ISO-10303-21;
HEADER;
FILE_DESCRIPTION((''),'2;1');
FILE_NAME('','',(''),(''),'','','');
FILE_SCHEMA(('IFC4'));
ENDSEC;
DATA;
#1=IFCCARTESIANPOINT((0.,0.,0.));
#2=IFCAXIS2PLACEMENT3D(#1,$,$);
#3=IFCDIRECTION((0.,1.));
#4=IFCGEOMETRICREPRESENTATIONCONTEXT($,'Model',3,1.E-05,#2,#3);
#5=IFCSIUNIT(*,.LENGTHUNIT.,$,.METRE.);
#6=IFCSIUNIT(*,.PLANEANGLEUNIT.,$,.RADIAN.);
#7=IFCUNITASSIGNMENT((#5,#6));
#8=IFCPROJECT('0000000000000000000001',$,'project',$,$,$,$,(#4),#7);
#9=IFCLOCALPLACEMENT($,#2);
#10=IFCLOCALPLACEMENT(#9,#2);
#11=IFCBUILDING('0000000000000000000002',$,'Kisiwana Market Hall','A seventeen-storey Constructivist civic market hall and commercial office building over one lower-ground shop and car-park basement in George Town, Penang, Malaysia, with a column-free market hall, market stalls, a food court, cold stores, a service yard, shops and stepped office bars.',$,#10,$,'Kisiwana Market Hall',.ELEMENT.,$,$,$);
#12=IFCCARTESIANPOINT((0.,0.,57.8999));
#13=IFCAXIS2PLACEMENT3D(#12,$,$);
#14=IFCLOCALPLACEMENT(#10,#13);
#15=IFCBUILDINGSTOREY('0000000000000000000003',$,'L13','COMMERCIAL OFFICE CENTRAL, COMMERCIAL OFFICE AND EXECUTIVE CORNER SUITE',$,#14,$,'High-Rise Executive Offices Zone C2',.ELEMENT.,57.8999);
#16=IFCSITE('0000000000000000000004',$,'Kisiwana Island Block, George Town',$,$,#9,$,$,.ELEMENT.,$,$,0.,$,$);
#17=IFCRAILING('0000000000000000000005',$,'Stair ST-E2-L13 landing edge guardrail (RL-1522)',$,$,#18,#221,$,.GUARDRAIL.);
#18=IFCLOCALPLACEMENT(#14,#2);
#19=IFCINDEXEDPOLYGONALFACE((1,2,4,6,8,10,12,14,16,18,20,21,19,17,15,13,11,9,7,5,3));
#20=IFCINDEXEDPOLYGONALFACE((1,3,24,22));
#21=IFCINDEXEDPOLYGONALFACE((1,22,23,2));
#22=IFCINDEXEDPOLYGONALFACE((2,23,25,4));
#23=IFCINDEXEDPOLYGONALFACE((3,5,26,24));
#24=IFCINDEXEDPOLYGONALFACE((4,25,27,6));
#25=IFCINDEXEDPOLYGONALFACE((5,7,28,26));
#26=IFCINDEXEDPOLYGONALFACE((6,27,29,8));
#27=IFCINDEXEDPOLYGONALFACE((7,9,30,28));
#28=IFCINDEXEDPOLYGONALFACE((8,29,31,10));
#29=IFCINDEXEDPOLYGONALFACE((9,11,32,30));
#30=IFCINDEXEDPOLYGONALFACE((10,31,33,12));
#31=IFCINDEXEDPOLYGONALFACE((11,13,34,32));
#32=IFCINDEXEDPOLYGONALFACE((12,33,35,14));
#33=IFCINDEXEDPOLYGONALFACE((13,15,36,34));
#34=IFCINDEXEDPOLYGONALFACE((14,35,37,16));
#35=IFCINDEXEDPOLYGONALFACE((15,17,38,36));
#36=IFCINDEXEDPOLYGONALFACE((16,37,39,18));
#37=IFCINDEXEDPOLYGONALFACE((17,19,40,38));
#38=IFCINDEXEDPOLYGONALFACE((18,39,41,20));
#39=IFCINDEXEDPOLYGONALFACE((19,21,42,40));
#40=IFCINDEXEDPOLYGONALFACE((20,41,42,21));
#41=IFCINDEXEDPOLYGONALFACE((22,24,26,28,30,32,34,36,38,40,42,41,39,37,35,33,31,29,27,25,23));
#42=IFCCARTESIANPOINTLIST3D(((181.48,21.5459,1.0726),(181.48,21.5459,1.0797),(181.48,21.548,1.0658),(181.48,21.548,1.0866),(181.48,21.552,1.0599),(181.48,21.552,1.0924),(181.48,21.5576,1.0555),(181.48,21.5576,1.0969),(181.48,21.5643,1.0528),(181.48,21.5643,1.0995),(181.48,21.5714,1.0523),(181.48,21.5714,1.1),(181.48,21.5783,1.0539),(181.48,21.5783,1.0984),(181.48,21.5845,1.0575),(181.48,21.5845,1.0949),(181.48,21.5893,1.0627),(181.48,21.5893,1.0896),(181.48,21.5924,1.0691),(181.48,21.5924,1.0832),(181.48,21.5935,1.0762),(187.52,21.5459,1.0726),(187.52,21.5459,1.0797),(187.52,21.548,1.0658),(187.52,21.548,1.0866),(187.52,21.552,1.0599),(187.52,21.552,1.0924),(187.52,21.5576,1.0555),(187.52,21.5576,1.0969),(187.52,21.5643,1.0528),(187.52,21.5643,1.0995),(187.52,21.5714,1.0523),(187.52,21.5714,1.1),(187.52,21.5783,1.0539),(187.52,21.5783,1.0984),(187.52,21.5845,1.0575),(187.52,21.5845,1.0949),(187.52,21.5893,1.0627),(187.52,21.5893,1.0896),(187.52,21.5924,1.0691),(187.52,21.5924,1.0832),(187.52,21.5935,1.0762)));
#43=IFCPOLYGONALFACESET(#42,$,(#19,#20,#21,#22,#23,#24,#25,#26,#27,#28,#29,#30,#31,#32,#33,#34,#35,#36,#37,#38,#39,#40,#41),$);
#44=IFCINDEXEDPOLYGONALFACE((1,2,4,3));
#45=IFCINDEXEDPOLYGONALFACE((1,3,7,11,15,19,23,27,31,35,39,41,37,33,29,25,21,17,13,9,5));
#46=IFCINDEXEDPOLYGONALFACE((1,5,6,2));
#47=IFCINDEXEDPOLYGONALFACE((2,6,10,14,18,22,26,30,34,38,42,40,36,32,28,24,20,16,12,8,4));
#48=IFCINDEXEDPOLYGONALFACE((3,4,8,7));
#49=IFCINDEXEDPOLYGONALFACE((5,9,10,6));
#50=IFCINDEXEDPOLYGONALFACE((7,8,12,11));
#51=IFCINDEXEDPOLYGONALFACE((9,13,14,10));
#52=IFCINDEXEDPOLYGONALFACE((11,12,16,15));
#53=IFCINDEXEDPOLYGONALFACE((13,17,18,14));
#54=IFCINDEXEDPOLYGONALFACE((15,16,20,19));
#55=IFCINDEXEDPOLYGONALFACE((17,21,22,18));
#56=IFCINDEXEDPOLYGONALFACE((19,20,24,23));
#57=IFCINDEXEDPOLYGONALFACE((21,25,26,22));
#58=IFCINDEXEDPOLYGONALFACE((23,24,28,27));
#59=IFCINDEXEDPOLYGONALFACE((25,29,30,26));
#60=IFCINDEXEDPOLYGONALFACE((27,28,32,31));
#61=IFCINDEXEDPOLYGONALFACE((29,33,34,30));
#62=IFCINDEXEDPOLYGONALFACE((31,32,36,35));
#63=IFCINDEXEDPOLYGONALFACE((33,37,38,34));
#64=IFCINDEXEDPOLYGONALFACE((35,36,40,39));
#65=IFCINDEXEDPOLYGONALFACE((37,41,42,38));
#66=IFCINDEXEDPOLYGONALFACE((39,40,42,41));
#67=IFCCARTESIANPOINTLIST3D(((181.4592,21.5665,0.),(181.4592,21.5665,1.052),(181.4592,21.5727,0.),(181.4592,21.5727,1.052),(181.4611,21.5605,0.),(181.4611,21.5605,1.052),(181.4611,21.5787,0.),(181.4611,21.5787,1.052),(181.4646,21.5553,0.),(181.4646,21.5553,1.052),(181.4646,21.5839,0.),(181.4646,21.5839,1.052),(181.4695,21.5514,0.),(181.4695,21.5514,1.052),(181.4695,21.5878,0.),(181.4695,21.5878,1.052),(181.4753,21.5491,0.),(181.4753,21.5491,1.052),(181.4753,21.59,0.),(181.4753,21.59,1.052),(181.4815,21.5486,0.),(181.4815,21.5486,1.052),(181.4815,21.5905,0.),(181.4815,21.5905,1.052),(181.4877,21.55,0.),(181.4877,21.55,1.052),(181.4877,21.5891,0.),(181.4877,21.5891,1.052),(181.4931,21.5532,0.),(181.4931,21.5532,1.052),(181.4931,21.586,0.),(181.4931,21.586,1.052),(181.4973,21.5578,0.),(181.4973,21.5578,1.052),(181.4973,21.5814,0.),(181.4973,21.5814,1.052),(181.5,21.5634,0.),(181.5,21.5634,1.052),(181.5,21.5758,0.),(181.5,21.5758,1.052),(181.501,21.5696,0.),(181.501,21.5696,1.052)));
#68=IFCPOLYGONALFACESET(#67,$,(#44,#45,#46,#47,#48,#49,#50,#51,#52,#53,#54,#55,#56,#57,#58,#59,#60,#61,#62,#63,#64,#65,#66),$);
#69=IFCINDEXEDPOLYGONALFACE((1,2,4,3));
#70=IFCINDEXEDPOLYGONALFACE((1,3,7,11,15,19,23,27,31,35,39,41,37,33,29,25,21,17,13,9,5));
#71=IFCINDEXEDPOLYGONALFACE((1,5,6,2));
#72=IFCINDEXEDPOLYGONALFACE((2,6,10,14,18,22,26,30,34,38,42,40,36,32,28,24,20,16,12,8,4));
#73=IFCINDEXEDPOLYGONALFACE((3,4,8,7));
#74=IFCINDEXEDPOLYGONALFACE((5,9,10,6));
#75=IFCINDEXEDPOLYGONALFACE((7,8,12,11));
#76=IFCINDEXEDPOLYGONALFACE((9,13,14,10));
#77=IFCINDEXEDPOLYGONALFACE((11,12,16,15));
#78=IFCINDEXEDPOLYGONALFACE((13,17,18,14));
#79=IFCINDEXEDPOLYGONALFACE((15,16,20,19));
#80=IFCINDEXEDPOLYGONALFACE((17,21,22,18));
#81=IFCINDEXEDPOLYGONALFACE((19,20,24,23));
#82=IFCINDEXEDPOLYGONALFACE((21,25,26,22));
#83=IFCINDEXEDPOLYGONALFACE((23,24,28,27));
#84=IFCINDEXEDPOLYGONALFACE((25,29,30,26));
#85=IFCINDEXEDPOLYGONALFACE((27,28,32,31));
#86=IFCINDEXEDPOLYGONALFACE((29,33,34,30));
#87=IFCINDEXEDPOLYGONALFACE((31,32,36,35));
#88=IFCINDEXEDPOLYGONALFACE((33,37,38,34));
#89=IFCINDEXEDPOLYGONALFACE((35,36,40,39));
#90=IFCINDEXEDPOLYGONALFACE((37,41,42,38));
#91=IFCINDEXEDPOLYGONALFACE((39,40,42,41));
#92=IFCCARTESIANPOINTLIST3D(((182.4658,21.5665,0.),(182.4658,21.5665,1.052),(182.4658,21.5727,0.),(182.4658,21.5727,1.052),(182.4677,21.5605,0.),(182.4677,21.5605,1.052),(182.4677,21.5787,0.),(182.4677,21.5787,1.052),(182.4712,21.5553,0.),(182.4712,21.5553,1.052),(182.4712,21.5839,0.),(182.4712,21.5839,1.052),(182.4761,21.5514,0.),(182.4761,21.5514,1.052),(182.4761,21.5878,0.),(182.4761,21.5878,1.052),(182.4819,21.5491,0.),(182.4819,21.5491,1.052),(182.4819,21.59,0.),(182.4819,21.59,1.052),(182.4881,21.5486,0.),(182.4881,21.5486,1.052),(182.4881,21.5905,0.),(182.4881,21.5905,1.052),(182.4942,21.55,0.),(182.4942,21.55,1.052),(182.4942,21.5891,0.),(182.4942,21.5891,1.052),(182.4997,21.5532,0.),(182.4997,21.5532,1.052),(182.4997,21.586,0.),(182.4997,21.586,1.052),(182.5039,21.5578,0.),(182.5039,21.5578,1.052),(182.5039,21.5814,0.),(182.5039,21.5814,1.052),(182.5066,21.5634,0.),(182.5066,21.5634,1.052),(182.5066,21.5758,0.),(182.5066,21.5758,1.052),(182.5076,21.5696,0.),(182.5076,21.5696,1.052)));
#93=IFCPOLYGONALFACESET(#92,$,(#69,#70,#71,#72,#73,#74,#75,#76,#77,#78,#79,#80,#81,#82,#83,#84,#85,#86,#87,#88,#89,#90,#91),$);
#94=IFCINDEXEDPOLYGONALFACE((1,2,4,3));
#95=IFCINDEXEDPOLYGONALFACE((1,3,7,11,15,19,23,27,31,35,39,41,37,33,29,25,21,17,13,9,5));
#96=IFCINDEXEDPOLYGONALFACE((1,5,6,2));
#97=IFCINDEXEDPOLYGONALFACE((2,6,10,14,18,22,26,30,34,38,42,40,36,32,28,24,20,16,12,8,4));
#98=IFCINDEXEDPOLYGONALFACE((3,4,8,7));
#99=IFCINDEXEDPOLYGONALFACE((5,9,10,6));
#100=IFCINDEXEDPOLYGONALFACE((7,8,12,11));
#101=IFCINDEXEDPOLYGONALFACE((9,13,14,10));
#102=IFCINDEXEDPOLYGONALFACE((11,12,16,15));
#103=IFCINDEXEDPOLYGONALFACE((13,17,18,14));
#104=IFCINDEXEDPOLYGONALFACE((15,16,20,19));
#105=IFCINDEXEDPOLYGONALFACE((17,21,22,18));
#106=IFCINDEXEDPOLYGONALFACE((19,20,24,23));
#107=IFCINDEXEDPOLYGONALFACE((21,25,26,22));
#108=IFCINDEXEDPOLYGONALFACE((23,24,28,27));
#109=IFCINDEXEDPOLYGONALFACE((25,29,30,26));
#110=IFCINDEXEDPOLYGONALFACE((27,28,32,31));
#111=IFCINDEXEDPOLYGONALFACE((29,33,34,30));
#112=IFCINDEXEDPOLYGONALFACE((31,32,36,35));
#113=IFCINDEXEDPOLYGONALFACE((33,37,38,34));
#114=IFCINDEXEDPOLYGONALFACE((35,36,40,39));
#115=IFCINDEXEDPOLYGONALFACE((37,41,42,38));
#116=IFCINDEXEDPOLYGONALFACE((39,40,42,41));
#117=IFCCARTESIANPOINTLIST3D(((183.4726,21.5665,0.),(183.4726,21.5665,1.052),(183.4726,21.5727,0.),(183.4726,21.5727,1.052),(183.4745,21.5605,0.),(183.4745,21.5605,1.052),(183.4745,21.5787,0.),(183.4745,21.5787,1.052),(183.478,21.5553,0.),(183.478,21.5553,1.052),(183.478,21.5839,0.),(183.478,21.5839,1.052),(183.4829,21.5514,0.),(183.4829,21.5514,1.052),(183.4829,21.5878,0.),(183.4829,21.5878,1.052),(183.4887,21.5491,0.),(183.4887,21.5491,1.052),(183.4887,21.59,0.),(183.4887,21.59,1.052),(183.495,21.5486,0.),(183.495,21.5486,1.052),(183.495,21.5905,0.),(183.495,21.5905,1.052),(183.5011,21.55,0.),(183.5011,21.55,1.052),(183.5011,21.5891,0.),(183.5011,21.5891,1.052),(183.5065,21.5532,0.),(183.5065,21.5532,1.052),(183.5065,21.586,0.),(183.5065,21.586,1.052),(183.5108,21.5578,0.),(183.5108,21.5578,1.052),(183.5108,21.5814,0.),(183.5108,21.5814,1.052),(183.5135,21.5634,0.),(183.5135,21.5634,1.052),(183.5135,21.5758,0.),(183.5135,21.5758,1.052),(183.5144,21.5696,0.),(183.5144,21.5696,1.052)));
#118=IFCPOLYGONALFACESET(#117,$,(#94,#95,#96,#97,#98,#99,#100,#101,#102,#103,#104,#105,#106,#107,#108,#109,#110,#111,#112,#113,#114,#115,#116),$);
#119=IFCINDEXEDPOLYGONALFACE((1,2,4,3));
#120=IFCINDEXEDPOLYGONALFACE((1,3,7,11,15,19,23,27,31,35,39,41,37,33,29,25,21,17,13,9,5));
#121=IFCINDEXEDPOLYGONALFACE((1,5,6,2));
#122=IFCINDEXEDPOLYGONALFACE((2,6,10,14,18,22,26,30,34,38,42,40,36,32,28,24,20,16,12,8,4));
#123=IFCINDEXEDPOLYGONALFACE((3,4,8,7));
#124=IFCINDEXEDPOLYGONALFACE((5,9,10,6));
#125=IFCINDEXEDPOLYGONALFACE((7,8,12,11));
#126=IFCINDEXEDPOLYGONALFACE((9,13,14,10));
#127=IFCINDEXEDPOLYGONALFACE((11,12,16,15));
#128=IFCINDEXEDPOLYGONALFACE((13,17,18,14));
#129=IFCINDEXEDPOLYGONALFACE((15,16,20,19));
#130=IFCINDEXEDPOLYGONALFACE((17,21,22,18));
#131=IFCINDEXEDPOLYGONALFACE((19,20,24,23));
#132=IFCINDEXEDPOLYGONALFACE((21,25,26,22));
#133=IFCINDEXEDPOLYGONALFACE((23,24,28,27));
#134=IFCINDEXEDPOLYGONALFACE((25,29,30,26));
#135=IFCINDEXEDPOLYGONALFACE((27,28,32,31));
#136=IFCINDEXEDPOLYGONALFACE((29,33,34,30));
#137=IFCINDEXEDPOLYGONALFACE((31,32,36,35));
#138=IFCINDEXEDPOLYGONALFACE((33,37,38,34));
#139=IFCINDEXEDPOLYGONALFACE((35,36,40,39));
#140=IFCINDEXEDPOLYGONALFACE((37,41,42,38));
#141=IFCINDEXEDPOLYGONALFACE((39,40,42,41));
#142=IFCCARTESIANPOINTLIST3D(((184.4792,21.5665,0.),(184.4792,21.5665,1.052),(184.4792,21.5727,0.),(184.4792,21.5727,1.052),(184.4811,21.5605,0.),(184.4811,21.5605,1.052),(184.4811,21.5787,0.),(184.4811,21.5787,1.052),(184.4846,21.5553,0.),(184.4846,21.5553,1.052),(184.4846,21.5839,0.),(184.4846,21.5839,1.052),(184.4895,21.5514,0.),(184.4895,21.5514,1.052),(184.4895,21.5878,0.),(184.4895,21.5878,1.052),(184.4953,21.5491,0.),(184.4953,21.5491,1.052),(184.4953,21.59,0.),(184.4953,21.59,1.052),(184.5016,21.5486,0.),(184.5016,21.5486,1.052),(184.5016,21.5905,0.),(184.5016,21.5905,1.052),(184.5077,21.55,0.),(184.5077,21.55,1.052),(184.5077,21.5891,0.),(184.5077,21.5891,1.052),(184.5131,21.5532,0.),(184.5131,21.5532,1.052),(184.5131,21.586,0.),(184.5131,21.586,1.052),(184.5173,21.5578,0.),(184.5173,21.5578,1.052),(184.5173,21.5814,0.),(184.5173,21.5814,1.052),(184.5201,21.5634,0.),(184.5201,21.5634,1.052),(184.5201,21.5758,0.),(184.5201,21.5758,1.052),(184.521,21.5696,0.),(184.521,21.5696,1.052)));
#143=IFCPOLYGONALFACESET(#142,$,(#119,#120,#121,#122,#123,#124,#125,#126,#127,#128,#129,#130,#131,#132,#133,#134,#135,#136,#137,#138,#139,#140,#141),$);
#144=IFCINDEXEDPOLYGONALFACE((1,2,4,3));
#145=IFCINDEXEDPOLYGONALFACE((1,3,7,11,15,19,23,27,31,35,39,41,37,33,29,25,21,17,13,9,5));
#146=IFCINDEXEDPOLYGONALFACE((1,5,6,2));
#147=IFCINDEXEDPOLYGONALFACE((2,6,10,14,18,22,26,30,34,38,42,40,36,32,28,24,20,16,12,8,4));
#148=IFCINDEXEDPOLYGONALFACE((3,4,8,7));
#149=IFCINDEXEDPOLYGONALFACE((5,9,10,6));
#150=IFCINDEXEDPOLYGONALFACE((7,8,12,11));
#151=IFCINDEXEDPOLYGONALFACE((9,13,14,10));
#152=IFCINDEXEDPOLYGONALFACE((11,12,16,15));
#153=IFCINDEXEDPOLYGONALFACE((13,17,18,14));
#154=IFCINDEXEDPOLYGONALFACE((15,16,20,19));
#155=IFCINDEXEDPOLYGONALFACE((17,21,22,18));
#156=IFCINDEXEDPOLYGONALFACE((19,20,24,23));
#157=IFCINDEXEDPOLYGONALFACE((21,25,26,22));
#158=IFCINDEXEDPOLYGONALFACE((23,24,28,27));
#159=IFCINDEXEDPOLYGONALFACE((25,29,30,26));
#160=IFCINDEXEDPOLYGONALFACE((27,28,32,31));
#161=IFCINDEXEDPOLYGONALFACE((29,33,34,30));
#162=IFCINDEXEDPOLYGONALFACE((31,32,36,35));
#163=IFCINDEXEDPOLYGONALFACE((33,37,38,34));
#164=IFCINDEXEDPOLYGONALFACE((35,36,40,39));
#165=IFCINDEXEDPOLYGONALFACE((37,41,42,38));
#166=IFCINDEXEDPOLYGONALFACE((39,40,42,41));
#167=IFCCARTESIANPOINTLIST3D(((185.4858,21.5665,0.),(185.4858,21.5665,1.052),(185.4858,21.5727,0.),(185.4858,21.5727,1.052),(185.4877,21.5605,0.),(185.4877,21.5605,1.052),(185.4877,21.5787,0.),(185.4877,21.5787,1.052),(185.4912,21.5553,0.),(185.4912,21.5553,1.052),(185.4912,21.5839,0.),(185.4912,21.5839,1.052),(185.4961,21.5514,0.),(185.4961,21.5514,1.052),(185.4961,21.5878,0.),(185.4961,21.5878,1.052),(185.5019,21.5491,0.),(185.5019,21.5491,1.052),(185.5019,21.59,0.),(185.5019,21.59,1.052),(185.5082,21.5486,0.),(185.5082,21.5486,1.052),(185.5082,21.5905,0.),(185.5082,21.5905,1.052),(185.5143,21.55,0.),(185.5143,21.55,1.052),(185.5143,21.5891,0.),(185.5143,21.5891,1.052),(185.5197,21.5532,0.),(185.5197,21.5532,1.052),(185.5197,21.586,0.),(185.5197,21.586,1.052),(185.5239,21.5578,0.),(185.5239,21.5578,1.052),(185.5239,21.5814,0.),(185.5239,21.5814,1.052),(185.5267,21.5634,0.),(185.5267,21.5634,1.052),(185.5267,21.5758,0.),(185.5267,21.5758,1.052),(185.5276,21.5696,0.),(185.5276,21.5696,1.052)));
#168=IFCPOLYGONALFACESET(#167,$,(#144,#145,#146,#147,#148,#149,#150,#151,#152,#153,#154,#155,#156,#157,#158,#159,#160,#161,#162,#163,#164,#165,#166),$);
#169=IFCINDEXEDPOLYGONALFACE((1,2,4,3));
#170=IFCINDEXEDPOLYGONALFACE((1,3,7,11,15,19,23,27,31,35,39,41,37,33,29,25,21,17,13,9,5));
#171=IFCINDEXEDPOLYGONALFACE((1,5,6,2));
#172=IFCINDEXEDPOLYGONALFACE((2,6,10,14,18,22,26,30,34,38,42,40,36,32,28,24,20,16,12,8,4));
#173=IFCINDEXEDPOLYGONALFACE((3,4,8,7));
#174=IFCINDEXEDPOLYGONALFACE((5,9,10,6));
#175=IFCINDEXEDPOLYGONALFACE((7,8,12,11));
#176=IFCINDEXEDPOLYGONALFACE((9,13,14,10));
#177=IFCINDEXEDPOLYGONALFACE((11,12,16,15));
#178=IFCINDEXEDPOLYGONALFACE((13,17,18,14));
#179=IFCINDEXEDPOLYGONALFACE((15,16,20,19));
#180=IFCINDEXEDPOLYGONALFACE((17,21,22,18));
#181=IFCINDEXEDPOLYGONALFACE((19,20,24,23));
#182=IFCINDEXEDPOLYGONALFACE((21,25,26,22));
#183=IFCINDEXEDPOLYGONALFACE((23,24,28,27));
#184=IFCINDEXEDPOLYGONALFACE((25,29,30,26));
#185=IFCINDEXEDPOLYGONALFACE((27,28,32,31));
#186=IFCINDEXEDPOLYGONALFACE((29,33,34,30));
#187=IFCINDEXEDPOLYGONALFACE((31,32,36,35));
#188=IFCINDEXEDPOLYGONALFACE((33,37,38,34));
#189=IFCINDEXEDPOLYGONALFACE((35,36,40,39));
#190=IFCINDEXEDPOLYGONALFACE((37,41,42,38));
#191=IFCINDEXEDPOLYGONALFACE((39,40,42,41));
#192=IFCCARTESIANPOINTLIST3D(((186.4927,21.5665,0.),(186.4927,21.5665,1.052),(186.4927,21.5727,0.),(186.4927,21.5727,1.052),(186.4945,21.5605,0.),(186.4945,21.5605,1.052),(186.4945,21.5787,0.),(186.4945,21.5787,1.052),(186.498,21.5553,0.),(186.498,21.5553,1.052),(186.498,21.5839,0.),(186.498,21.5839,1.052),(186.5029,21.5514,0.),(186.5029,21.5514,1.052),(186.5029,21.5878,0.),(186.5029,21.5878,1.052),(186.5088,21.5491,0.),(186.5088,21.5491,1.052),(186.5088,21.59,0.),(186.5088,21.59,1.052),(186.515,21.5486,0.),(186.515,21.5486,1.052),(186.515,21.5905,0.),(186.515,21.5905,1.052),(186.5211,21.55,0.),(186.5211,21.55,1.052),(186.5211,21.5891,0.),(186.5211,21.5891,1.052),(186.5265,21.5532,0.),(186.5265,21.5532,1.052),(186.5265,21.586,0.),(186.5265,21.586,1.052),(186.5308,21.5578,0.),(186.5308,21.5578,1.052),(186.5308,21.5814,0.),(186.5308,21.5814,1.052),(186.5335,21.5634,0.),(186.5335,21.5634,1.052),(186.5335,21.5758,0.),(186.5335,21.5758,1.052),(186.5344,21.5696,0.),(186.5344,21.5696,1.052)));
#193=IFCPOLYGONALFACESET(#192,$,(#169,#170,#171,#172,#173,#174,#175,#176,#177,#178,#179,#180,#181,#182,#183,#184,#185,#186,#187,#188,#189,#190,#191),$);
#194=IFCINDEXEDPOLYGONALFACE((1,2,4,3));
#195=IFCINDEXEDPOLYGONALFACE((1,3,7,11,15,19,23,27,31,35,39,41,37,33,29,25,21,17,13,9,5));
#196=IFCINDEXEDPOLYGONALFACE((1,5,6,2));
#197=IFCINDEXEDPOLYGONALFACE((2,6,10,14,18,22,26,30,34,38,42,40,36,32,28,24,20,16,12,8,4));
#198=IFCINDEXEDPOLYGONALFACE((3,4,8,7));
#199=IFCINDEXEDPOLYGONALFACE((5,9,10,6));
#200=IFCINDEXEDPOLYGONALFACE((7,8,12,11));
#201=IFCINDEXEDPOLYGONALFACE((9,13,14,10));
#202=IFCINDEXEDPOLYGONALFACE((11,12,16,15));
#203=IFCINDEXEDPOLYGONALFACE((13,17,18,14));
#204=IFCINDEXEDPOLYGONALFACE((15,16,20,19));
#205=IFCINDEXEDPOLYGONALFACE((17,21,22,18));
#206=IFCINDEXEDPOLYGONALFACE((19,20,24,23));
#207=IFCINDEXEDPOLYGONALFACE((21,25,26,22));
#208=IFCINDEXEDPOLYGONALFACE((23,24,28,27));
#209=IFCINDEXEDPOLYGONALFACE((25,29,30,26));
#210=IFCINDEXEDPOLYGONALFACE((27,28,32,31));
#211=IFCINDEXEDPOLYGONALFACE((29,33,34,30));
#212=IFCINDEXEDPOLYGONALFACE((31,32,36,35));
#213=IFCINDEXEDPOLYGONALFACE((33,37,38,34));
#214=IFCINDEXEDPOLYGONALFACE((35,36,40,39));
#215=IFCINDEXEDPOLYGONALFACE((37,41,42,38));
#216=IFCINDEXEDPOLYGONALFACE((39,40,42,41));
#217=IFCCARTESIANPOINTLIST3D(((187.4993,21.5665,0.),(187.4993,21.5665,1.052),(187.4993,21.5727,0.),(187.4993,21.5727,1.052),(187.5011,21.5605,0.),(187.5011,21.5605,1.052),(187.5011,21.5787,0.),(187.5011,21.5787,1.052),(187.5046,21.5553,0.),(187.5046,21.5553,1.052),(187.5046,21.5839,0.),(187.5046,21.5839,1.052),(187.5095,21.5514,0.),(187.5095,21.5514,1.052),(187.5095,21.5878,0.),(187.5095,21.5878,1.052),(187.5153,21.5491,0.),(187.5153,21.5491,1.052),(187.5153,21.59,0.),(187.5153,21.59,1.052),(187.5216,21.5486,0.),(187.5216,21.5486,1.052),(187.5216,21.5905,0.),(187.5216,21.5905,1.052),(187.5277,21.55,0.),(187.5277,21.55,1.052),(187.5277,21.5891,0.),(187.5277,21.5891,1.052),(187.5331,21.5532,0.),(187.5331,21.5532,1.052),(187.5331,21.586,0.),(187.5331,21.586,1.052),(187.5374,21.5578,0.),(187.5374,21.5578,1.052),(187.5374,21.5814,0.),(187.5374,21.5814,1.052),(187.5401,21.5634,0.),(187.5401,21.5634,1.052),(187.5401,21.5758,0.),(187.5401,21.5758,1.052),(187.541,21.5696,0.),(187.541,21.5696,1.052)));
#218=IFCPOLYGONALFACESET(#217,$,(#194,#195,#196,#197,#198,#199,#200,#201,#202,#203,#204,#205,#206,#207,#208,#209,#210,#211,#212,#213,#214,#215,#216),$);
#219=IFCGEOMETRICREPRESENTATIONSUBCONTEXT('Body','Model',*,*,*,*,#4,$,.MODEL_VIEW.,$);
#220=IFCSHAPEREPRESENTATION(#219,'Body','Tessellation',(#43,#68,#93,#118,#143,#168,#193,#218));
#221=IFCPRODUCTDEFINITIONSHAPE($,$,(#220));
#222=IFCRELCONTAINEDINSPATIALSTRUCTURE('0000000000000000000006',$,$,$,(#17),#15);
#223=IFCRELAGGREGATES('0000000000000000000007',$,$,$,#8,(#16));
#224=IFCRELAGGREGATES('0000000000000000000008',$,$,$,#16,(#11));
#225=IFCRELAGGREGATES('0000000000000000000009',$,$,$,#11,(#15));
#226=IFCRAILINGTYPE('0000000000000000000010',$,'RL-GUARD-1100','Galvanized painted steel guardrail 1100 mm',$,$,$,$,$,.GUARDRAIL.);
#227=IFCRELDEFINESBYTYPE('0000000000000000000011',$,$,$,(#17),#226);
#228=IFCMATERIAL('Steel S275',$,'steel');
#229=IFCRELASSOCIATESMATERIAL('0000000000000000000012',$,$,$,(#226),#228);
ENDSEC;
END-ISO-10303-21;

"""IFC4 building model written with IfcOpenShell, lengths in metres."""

from ifc_helpers import new_model, si_unit, direction, frame, origin, origin_2d, place, context, subcontext, project, spatial, circle, extrude, material, type_object, element, save


model = new_model("IFC4")

# Units and contexts
model_context = context("Model", 3, precision=1e-05, world=origin(), true_north=direction((0.0, 1.0)))
body_context = subcontext(model_context, "Body", "Model", "MODEL_VIEW")
ifc_project = project(units=[si_unit("LENGTHUNIT", "METRE"), si_unit("PLANEANGLEUNIT", "RADIAN")], contexts=[model_context])

# Site, building, storey
site_placement = place(None, origin())
site = spatial("IfcSite", under=ifc_project, at=site_placement, Name="Kisiwana Island Block, George Town", CompositionType="ELEMENT", RefElevation=0.0)
building_placement = place(site_placement, origin())
building = spatial("IfcBuilding", under=site, at=building_placement, Name="Kisiwana Market Hall", Description="A seventeen-storey Constructivist civic market hall and commercial office building over one lower-ground shop and car-park basement in George Town, Penang, Malaysia, with a column-free market hall, market stalls, a food court, cold stores, a service yard, shops and stepped office bars.", LongName="Kisiwana Market Hall", CompositionType="ELEMENT")
storey_placement = place(building_placement, frame((0.0, 0.0, 57.8999)))
storey = spatial("IfcBuildingStorey", under=building, at=storey_placement, Name="L13", Description="COMMERCIAL OFFICE CENTRAL, COMMERCIAL OFFICE AND EXECUTIVE CORNER SUITE", LongName="High-Rise Executive Offices Zone C2", CompositionType="ELEMENT", Elevation=57.8999)

# Railing
ifc_material_1 = material(Name="Steel S275", Category="steel")
railing_type_1 = type_object("IfcRailingType", Name="RL-GUARD-1100", Description="Galvanized painted steel guardrail 1100 mm", PredefinedType="GUARDRAIL", material=ifc_material_1)
railing_1_placement = place(storey_placement, frame((181.48, 21.5696, 0.0)))
element("IfcRailing", 1, at=railing_1_placement, inside=storey, type_object=railing_type_1, Name="Stair ST-E2-L13 landing edge guardrail (RL-1522)", PredefinedType="GUARDRAIL", context=body_context, shape_type="SweptSolid", body=[
    extrude(circle(Radius=0.0239, at=origin_2d()), frame((0.0, 0.0, 1.0762), z_axis=(1.0, 0.0, 0.0), x_axis=(0.0, 1.0, 0.0)), (0.0, 0.0, 1.0), 6.04),
    extrude(circle(Radius=0.021, at=origin_2d()), origin(), (0.0, 0.0, 1.0), 1.052),
    extrude(circle(Radius=0.021, at=origin_2d()), frame((1.0066, 0.0, 0.0)), (0.0, 0.0, 1.0), 1.052),
    extrude(circle(Radius=0.021, at=origin_2d()), frame((2.0134, 0.0, 0.0)), (0.0, 0.0, 1.0), 1.052),
    extrude(circle(Radius=0.021, at=origin_2d()), frame((3.02, 0.0, 0.0)), (0.0, 0.0, 1.0), 1.052),
    extrude(circle(Radius=0.021, at=origin_2d()), frame((4.0266, 0.0, 0.0)), (0.0, 0.0, 1.0), 1.052),
    extrude(circle(Radius=0.021, at=origin_2d()), frame((5.0334, 0.0, 0.0)), (0.0, 0.0, 1.0), 1.052),
    extrude(circle(Radius=0.021, at=origin_2d()), frame((6.04, 0.0, 0.0)), (0.0, 0.0, 1.0), 1.052),
])

save(model, "model.ifc")
